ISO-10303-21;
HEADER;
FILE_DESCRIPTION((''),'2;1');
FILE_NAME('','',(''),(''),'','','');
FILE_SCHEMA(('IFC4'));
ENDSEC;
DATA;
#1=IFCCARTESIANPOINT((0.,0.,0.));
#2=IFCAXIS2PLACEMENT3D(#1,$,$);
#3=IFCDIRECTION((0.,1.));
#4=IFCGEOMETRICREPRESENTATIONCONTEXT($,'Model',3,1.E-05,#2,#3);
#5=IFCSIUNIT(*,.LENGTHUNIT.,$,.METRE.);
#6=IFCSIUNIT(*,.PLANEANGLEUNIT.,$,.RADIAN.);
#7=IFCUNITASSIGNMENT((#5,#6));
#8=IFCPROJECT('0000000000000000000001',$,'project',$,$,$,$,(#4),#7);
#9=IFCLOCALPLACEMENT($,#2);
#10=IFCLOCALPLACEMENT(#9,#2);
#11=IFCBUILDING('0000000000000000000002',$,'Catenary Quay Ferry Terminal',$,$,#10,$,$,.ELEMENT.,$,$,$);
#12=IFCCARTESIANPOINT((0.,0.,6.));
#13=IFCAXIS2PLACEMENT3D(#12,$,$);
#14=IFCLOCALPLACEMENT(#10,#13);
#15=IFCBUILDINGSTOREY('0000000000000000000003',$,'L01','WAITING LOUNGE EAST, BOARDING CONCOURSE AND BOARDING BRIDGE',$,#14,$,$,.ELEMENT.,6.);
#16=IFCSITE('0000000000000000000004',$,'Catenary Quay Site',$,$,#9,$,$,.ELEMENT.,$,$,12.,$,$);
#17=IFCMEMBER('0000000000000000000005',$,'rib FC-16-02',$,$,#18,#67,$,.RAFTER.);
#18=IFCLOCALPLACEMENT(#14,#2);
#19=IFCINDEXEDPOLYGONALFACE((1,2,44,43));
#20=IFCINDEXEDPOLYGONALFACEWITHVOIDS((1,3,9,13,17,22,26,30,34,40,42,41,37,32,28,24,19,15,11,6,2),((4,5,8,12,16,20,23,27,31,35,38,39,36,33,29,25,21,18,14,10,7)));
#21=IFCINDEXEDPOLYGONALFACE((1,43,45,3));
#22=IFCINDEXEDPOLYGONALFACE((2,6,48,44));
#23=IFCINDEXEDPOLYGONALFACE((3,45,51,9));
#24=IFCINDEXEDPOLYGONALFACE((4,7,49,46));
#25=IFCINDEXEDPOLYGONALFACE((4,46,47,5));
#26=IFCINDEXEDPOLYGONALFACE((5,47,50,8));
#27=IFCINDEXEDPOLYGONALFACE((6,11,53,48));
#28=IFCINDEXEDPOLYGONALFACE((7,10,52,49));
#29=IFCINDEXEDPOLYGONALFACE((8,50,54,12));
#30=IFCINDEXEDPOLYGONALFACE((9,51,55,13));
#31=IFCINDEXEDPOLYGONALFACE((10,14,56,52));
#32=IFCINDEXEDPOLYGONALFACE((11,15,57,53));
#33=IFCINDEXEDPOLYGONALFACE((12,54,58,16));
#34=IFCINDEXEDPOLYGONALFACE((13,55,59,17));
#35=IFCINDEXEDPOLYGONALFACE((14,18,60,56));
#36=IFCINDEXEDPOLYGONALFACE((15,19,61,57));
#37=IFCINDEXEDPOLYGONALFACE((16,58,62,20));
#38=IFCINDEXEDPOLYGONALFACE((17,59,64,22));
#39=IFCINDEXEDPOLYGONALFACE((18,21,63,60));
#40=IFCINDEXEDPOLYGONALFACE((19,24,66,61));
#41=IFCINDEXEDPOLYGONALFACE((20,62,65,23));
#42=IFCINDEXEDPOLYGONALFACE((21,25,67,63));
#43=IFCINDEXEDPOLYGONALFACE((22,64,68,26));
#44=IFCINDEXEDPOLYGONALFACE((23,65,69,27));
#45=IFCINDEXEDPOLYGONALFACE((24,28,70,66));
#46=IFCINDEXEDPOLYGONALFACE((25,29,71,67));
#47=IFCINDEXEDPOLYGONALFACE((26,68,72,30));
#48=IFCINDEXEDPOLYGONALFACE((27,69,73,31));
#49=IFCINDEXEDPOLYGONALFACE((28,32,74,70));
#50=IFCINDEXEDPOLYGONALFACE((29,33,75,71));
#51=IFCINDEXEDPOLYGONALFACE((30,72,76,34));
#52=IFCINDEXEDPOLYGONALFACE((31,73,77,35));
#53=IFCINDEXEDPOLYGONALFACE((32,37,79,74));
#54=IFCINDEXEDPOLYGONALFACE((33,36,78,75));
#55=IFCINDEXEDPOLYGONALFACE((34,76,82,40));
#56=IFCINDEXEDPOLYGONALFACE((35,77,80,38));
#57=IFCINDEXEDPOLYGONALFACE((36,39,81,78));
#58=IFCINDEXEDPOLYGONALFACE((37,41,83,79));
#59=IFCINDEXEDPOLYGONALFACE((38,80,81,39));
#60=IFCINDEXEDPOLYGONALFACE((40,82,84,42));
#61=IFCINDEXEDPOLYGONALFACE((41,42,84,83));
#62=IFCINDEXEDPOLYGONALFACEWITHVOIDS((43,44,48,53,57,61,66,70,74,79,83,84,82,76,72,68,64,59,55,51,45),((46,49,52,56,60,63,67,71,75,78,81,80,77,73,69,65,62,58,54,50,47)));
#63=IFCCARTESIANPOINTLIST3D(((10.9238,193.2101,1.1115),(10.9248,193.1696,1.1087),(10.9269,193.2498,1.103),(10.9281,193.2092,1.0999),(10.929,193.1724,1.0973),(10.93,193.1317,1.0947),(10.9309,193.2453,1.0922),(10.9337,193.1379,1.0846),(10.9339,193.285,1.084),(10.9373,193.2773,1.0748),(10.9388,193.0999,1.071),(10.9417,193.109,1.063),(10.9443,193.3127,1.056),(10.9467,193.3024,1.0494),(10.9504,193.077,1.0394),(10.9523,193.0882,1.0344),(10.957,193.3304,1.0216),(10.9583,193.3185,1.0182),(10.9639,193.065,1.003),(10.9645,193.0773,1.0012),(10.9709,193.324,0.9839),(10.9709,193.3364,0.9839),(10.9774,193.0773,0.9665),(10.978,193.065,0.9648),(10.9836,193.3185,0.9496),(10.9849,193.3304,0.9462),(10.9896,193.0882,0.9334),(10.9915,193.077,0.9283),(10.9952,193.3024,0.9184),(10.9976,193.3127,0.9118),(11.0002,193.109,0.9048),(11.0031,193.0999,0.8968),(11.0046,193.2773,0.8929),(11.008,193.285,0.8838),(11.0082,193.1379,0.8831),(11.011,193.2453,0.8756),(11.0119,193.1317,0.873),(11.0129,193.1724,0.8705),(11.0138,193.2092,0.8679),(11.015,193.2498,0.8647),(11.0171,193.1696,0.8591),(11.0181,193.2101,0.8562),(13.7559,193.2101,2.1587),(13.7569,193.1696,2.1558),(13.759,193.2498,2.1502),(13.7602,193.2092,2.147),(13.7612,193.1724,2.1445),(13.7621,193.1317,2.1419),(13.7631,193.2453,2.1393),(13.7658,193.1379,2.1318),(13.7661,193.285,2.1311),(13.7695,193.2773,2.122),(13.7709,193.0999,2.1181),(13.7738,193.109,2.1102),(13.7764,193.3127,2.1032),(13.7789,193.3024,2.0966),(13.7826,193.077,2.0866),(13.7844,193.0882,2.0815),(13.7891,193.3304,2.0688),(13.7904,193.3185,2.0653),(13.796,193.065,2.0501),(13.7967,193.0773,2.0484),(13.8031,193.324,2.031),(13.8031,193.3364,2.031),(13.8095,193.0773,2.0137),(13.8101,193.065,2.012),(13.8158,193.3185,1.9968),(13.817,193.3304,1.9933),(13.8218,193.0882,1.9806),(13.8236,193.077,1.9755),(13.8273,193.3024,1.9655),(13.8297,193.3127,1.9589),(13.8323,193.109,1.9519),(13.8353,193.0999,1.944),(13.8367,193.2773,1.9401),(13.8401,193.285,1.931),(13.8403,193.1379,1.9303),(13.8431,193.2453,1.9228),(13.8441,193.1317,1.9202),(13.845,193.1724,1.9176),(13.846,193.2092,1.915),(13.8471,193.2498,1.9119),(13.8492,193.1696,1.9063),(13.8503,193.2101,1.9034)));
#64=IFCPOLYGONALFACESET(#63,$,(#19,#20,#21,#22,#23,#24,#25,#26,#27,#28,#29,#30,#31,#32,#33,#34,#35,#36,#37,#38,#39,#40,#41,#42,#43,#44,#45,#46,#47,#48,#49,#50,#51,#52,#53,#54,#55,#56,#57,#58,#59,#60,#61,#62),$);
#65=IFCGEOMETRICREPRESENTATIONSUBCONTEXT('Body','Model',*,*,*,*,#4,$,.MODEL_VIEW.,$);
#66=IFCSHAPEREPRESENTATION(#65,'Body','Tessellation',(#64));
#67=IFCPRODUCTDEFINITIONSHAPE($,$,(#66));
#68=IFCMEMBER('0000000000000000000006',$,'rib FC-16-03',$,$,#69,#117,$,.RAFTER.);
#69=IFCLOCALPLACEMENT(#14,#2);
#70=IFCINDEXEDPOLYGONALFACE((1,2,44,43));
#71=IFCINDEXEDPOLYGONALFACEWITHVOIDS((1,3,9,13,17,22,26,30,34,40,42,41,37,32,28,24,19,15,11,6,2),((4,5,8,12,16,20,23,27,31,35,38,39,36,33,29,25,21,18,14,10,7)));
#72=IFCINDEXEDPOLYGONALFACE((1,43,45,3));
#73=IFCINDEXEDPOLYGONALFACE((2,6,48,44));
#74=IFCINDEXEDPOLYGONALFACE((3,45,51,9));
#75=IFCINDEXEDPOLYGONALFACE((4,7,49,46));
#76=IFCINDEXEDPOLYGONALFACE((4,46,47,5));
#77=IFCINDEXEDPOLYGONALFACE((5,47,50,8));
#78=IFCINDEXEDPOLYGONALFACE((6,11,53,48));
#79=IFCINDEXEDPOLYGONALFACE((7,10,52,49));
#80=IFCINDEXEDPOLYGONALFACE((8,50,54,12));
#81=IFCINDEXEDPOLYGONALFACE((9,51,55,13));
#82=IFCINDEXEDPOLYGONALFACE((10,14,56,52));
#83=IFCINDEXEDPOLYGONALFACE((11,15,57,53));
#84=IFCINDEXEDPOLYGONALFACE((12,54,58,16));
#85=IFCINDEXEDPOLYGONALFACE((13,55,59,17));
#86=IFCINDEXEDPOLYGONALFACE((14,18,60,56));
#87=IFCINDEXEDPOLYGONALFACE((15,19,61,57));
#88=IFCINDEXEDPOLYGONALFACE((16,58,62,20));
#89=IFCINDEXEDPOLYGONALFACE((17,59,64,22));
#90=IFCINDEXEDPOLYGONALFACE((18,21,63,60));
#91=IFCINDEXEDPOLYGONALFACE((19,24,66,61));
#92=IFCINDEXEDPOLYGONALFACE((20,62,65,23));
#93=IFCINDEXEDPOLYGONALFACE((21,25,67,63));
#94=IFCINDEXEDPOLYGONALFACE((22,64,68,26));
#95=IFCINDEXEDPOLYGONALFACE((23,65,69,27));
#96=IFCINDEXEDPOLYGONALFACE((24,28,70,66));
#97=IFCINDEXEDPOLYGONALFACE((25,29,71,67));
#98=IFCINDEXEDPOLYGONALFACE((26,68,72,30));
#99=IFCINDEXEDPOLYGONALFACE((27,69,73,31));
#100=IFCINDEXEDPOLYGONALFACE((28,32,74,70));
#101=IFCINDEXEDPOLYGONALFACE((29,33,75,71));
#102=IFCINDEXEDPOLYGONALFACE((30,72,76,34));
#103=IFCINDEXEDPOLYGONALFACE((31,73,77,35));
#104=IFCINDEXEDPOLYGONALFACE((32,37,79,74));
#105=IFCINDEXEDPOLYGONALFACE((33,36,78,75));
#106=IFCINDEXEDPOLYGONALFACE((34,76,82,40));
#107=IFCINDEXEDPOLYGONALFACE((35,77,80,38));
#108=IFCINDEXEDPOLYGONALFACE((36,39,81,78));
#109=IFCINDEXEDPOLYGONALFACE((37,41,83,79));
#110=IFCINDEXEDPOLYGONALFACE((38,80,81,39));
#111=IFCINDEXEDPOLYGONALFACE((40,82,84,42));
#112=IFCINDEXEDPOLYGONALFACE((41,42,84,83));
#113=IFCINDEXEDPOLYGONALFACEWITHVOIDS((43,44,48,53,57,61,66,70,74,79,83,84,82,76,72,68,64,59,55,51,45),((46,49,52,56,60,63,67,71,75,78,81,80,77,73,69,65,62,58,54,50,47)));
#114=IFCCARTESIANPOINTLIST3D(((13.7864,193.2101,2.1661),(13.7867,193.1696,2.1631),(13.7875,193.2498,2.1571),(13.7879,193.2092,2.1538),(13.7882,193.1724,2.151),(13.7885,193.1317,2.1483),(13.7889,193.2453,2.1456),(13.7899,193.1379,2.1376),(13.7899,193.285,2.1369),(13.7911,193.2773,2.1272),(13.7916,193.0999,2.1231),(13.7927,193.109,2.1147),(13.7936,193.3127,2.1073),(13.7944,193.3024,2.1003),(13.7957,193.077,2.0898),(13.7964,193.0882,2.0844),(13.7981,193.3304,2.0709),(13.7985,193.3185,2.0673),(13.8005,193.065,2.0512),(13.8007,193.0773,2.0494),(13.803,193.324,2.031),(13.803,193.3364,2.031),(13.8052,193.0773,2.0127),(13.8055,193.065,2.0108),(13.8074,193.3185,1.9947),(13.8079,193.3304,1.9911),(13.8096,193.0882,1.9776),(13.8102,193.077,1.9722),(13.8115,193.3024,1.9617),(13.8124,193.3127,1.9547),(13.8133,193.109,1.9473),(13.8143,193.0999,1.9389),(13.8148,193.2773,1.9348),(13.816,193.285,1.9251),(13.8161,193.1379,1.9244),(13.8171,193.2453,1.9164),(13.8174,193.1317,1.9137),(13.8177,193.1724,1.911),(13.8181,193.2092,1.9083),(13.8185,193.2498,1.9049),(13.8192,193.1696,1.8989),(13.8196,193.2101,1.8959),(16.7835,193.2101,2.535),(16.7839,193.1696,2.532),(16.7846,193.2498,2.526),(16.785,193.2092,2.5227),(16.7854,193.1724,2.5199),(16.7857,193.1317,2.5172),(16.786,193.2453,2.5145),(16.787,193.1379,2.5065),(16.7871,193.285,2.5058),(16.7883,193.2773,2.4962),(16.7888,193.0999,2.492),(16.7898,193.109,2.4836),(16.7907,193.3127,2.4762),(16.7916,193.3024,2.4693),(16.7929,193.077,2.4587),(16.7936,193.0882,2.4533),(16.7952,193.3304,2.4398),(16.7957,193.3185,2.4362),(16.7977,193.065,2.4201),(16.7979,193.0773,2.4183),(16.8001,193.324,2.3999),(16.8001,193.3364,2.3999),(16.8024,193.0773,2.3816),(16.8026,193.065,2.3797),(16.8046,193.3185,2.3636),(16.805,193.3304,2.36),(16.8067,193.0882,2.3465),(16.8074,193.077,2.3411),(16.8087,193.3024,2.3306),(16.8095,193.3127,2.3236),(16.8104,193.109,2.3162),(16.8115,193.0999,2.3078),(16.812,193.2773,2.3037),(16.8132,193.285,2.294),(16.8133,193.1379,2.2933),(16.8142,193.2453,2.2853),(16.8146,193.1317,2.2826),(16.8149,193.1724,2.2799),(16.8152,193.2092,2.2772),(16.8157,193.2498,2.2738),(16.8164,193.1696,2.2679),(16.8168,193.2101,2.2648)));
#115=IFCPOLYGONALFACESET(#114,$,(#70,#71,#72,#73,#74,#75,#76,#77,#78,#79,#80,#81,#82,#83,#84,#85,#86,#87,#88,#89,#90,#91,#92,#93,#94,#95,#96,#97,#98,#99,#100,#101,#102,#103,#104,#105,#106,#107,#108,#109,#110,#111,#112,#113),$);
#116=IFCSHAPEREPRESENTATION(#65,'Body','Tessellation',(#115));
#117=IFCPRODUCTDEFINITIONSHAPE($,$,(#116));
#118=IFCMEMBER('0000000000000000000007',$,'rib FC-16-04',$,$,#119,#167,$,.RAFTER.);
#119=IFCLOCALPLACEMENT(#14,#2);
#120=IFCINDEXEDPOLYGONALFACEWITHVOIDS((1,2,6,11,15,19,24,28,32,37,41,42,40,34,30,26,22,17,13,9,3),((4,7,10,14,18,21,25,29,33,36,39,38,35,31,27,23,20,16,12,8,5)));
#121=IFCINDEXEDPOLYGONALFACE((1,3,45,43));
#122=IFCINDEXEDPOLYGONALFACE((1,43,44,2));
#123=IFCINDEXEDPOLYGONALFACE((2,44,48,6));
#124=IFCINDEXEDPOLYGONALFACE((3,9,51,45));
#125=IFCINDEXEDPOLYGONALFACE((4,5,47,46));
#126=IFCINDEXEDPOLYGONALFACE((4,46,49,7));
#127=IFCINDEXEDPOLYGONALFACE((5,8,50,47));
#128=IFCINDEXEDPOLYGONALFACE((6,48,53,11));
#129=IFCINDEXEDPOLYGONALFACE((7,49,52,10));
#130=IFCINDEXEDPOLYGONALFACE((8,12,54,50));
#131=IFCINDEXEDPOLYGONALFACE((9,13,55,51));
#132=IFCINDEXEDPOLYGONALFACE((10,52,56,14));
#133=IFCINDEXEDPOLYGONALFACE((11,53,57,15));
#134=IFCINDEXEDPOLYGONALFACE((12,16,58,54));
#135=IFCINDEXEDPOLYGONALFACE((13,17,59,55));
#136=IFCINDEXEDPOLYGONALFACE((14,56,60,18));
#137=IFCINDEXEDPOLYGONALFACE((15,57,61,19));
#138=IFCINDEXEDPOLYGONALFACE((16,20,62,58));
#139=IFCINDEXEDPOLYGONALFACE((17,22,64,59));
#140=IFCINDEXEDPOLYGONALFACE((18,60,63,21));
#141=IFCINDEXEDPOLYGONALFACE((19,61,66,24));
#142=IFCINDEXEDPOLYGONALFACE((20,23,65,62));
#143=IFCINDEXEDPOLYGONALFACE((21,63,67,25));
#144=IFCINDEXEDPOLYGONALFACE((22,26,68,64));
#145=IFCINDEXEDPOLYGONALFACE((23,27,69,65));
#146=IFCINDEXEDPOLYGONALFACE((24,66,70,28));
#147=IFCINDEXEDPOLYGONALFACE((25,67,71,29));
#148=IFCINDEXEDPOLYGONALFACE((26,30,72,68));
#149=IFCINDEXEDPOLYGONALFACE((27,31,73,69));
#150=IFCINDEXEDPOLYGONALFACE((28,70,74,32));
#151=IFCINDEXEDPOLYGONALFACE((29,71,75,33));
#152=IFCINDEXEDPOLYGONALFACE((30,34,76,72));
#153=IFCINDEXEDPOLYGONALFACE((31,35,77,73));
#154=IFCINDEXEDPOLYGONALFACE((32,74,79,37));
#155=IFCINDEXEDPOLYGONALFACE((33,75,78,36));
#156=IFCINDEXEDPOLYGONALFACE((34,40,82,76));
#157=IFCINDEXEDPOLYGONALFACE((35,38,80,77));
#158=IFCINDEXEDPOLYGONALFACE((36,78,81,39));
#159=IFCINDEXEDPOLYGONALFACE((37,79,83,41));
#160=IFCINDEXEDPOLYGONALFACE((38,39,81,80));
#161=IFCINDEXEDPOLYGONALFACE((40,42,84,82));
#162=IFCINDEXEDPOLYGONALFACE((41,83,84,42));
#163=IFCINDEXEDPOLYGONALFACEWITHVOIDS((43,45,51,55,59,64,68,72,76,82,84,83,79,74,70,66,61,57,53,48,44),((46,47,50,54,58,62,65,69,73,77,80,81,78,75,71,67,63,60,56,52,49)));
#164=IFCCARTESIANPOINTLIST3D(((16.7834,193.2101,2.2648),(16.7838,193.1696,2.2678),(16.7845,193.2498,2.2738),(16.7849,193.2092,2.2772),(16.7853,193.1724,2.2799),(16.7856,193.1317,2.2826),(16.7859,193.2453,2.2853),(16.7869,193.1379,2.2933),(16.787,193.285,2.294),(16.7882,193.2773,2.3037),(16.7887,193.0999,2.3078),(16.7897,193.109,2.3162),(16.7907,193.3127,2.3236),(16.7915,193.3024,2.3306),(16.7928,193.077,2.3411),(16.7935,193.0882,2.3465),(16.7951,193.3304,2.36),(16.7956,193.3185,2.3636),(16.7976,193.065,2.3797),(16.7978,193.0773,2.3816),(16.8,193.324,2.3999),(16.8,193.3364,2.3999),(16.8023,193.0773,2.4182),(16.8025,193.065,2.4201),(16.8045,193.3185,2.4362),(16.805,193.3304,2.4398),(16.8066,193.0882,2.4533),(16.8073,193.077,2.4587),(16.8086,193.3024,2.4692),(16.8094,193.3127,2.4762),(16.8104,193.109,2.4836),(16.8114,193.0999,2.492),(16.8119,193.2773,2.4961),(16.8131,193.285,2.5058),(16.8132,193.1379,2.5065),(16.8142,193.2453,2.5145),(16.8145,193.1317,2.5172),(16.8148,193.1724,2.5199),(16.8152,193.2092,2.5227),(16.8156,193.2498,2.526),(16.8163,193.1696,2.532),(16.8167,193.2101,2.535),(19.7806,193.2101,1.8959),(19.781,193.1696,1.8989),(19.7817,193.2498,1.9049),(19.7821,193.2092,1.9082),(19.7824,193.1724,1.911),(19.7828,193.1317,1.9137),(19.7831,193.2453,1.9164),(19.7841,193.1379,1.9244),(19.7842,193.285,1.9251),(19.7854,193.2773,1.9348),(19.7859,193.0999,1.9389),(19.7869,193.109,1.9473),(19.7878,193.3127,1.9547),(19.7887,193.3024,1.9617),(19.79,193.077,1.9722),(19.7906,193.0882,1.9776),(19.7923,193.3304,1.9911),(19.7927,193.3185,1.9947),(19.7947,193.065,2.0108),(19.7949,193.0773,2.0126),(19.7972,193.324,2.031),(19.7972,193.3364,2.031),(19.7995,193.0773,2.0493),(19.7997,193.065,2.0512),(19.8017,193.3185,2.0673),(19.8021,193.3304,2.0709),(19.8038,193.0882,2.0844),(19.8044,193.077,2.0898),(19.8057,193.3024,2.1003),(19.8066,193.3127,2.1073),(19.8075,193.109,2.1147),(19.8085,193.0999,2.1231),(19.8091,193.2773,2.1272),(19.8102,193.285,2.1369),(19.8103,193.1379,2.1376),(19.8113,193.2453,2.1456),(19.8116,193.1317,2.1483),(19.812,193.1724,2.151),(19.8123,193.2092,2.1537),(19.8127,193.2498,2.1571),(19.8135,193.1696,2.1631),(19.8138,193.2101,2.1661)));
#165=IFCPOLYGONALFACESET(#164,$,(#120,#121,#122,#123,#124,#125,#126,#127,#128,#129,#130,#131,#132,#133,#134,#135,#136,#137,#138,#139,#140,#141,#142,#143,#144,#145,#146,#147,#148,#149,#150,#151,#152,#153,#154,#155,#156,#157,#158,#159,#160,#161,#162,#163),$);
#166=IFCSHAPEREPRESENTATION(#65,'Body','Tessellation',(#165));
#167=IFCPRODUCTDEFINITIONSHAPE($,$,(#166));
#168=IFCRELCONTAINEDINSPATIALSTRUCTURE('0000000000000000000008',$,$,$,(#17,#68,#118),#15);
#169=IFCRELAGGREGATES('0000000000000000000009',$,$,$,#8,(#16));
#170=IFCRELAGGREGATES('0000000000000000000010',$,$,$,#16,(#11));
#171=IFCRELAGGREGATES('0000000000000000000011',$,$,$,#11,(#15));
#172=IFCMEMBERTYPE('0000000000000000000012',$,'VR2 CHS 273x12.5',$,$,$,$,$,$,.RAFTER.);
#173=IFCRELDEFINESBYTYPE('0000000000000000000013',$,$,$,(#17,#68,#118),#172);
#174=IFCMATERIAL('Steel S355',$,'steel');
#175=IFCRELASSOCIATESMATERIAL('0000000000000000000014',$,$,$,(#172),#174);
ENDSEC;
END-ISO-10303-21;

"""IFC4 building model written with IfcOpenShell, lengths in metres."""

from ifc_helpers import new_model, si_unit, direction, frame, origin, origin_2d, place, context, subcontext, project, spatial, hollow_circle, extrude, material, material_profile, profile_set, type_object, element, save


model = new_model("IFC4")

# Units and contexts
model_context = context("Model", 3, precision=1e-05, world=origin(), true_north=direction((0.0, 1.0)))
body_context = subcontext(model_context, "Body", "Model", "MODEL_VIEW")
ifc_project = project(units=[si_unit("LENGTHUNIT", "METRE"), si_unit("PLANEANGLEUNIT", "RADIAN")], contexts=[model_context])

# Site, building, storey
site_placement = place(None, origin())
site = spatial("IfcSite", under=ifc_project, at=site_placement, Name="Catenary Quay Site", CompositionType="ELEMENT", RefElevation=12.0)
building_placement = place(site_placement, origin())
building = spatial("IfcBuilding", under=site, at=building_placement, Name="Catenary Quay Ferry Terminal", CompositionType="ELEMENT")
storey_placement = place(building_placement, frame((0.0, 0.0, 6.0)))
storey = spatial("IfcBuildingStorey", under=building, at=storey_placement, Name="L01", Description="WAITING LOUNGE EAST, BOARDING CONCOURSE AND BOARDING BRIDGE", CompositionType="ELEMENT", Elevation=6.0)

# Members
ifc_material_1 = material(Name="Steel S355", Category="steel")
ifc_material_profile_1 = material_profile(ifc_material_1, hollow_circle(Radius=0.1365, WallThickness=0.0125, at=origin_2d()), Name="CHS 273x12.5")
ifc_profile_set_1 = profile_set([ifc_material_profile_1], Name="Steel S355")
member_type_1 = type_object("IfcMemberType", Name="VR2 CHS 273x12.5", PredefinedType="RAFTER", material=ifc_profile_set_1)
member_1_placement = place(storey_placement, frame((10.9709, 193.2, 0.9839), z_axis=(0.937941, 0.0, 0.346796), x_axis=(0.0, 1.0, 0.0)))
element("IfcMember", 1, at=member_1_placement, inside=storey, type_object=member_type_1, Name="rib FC-16-02", PredefinedType="RAFTER", context=body_context, shape_type="SweptSolid", body=[
    extrude(hollow_circle(Radius=0.1365, WallThickness=0.0125, at=origin_2d()), origin(), (0.0, 0.0, 1.0), 3.0195),
])
for number, where, z_axis, x_axis, name in (
    (2, (13.803, 193.2, 2.031), (0.99251, 0.0, 0.122164), (0.0, 1.0, 0.0), "rib FC-16-03"),
    (3, (16.8, 193.2, 2.3999), (0.99251, 0.0, -0.122164), (0.0, 1.0, 0.0), "rib FC-16-04"),
):
    element("IfcMember", number, at=place(storey_placement, frame(where, z_axis=z_axis, x_axis=x_axis)), inside=storey, type_object=member_type_1, Name=name, PredefinedType="RAFTER", context=body_context, shape_type="SweptSolid", body=[
        extrude(hollow_circle(Radius=0.1365, WallThickness=0.0125, at=origin_2d()), origin(), (0.0, 0.0, 1.0), 3.0198),
    ])

save(model, "model.ifc")
